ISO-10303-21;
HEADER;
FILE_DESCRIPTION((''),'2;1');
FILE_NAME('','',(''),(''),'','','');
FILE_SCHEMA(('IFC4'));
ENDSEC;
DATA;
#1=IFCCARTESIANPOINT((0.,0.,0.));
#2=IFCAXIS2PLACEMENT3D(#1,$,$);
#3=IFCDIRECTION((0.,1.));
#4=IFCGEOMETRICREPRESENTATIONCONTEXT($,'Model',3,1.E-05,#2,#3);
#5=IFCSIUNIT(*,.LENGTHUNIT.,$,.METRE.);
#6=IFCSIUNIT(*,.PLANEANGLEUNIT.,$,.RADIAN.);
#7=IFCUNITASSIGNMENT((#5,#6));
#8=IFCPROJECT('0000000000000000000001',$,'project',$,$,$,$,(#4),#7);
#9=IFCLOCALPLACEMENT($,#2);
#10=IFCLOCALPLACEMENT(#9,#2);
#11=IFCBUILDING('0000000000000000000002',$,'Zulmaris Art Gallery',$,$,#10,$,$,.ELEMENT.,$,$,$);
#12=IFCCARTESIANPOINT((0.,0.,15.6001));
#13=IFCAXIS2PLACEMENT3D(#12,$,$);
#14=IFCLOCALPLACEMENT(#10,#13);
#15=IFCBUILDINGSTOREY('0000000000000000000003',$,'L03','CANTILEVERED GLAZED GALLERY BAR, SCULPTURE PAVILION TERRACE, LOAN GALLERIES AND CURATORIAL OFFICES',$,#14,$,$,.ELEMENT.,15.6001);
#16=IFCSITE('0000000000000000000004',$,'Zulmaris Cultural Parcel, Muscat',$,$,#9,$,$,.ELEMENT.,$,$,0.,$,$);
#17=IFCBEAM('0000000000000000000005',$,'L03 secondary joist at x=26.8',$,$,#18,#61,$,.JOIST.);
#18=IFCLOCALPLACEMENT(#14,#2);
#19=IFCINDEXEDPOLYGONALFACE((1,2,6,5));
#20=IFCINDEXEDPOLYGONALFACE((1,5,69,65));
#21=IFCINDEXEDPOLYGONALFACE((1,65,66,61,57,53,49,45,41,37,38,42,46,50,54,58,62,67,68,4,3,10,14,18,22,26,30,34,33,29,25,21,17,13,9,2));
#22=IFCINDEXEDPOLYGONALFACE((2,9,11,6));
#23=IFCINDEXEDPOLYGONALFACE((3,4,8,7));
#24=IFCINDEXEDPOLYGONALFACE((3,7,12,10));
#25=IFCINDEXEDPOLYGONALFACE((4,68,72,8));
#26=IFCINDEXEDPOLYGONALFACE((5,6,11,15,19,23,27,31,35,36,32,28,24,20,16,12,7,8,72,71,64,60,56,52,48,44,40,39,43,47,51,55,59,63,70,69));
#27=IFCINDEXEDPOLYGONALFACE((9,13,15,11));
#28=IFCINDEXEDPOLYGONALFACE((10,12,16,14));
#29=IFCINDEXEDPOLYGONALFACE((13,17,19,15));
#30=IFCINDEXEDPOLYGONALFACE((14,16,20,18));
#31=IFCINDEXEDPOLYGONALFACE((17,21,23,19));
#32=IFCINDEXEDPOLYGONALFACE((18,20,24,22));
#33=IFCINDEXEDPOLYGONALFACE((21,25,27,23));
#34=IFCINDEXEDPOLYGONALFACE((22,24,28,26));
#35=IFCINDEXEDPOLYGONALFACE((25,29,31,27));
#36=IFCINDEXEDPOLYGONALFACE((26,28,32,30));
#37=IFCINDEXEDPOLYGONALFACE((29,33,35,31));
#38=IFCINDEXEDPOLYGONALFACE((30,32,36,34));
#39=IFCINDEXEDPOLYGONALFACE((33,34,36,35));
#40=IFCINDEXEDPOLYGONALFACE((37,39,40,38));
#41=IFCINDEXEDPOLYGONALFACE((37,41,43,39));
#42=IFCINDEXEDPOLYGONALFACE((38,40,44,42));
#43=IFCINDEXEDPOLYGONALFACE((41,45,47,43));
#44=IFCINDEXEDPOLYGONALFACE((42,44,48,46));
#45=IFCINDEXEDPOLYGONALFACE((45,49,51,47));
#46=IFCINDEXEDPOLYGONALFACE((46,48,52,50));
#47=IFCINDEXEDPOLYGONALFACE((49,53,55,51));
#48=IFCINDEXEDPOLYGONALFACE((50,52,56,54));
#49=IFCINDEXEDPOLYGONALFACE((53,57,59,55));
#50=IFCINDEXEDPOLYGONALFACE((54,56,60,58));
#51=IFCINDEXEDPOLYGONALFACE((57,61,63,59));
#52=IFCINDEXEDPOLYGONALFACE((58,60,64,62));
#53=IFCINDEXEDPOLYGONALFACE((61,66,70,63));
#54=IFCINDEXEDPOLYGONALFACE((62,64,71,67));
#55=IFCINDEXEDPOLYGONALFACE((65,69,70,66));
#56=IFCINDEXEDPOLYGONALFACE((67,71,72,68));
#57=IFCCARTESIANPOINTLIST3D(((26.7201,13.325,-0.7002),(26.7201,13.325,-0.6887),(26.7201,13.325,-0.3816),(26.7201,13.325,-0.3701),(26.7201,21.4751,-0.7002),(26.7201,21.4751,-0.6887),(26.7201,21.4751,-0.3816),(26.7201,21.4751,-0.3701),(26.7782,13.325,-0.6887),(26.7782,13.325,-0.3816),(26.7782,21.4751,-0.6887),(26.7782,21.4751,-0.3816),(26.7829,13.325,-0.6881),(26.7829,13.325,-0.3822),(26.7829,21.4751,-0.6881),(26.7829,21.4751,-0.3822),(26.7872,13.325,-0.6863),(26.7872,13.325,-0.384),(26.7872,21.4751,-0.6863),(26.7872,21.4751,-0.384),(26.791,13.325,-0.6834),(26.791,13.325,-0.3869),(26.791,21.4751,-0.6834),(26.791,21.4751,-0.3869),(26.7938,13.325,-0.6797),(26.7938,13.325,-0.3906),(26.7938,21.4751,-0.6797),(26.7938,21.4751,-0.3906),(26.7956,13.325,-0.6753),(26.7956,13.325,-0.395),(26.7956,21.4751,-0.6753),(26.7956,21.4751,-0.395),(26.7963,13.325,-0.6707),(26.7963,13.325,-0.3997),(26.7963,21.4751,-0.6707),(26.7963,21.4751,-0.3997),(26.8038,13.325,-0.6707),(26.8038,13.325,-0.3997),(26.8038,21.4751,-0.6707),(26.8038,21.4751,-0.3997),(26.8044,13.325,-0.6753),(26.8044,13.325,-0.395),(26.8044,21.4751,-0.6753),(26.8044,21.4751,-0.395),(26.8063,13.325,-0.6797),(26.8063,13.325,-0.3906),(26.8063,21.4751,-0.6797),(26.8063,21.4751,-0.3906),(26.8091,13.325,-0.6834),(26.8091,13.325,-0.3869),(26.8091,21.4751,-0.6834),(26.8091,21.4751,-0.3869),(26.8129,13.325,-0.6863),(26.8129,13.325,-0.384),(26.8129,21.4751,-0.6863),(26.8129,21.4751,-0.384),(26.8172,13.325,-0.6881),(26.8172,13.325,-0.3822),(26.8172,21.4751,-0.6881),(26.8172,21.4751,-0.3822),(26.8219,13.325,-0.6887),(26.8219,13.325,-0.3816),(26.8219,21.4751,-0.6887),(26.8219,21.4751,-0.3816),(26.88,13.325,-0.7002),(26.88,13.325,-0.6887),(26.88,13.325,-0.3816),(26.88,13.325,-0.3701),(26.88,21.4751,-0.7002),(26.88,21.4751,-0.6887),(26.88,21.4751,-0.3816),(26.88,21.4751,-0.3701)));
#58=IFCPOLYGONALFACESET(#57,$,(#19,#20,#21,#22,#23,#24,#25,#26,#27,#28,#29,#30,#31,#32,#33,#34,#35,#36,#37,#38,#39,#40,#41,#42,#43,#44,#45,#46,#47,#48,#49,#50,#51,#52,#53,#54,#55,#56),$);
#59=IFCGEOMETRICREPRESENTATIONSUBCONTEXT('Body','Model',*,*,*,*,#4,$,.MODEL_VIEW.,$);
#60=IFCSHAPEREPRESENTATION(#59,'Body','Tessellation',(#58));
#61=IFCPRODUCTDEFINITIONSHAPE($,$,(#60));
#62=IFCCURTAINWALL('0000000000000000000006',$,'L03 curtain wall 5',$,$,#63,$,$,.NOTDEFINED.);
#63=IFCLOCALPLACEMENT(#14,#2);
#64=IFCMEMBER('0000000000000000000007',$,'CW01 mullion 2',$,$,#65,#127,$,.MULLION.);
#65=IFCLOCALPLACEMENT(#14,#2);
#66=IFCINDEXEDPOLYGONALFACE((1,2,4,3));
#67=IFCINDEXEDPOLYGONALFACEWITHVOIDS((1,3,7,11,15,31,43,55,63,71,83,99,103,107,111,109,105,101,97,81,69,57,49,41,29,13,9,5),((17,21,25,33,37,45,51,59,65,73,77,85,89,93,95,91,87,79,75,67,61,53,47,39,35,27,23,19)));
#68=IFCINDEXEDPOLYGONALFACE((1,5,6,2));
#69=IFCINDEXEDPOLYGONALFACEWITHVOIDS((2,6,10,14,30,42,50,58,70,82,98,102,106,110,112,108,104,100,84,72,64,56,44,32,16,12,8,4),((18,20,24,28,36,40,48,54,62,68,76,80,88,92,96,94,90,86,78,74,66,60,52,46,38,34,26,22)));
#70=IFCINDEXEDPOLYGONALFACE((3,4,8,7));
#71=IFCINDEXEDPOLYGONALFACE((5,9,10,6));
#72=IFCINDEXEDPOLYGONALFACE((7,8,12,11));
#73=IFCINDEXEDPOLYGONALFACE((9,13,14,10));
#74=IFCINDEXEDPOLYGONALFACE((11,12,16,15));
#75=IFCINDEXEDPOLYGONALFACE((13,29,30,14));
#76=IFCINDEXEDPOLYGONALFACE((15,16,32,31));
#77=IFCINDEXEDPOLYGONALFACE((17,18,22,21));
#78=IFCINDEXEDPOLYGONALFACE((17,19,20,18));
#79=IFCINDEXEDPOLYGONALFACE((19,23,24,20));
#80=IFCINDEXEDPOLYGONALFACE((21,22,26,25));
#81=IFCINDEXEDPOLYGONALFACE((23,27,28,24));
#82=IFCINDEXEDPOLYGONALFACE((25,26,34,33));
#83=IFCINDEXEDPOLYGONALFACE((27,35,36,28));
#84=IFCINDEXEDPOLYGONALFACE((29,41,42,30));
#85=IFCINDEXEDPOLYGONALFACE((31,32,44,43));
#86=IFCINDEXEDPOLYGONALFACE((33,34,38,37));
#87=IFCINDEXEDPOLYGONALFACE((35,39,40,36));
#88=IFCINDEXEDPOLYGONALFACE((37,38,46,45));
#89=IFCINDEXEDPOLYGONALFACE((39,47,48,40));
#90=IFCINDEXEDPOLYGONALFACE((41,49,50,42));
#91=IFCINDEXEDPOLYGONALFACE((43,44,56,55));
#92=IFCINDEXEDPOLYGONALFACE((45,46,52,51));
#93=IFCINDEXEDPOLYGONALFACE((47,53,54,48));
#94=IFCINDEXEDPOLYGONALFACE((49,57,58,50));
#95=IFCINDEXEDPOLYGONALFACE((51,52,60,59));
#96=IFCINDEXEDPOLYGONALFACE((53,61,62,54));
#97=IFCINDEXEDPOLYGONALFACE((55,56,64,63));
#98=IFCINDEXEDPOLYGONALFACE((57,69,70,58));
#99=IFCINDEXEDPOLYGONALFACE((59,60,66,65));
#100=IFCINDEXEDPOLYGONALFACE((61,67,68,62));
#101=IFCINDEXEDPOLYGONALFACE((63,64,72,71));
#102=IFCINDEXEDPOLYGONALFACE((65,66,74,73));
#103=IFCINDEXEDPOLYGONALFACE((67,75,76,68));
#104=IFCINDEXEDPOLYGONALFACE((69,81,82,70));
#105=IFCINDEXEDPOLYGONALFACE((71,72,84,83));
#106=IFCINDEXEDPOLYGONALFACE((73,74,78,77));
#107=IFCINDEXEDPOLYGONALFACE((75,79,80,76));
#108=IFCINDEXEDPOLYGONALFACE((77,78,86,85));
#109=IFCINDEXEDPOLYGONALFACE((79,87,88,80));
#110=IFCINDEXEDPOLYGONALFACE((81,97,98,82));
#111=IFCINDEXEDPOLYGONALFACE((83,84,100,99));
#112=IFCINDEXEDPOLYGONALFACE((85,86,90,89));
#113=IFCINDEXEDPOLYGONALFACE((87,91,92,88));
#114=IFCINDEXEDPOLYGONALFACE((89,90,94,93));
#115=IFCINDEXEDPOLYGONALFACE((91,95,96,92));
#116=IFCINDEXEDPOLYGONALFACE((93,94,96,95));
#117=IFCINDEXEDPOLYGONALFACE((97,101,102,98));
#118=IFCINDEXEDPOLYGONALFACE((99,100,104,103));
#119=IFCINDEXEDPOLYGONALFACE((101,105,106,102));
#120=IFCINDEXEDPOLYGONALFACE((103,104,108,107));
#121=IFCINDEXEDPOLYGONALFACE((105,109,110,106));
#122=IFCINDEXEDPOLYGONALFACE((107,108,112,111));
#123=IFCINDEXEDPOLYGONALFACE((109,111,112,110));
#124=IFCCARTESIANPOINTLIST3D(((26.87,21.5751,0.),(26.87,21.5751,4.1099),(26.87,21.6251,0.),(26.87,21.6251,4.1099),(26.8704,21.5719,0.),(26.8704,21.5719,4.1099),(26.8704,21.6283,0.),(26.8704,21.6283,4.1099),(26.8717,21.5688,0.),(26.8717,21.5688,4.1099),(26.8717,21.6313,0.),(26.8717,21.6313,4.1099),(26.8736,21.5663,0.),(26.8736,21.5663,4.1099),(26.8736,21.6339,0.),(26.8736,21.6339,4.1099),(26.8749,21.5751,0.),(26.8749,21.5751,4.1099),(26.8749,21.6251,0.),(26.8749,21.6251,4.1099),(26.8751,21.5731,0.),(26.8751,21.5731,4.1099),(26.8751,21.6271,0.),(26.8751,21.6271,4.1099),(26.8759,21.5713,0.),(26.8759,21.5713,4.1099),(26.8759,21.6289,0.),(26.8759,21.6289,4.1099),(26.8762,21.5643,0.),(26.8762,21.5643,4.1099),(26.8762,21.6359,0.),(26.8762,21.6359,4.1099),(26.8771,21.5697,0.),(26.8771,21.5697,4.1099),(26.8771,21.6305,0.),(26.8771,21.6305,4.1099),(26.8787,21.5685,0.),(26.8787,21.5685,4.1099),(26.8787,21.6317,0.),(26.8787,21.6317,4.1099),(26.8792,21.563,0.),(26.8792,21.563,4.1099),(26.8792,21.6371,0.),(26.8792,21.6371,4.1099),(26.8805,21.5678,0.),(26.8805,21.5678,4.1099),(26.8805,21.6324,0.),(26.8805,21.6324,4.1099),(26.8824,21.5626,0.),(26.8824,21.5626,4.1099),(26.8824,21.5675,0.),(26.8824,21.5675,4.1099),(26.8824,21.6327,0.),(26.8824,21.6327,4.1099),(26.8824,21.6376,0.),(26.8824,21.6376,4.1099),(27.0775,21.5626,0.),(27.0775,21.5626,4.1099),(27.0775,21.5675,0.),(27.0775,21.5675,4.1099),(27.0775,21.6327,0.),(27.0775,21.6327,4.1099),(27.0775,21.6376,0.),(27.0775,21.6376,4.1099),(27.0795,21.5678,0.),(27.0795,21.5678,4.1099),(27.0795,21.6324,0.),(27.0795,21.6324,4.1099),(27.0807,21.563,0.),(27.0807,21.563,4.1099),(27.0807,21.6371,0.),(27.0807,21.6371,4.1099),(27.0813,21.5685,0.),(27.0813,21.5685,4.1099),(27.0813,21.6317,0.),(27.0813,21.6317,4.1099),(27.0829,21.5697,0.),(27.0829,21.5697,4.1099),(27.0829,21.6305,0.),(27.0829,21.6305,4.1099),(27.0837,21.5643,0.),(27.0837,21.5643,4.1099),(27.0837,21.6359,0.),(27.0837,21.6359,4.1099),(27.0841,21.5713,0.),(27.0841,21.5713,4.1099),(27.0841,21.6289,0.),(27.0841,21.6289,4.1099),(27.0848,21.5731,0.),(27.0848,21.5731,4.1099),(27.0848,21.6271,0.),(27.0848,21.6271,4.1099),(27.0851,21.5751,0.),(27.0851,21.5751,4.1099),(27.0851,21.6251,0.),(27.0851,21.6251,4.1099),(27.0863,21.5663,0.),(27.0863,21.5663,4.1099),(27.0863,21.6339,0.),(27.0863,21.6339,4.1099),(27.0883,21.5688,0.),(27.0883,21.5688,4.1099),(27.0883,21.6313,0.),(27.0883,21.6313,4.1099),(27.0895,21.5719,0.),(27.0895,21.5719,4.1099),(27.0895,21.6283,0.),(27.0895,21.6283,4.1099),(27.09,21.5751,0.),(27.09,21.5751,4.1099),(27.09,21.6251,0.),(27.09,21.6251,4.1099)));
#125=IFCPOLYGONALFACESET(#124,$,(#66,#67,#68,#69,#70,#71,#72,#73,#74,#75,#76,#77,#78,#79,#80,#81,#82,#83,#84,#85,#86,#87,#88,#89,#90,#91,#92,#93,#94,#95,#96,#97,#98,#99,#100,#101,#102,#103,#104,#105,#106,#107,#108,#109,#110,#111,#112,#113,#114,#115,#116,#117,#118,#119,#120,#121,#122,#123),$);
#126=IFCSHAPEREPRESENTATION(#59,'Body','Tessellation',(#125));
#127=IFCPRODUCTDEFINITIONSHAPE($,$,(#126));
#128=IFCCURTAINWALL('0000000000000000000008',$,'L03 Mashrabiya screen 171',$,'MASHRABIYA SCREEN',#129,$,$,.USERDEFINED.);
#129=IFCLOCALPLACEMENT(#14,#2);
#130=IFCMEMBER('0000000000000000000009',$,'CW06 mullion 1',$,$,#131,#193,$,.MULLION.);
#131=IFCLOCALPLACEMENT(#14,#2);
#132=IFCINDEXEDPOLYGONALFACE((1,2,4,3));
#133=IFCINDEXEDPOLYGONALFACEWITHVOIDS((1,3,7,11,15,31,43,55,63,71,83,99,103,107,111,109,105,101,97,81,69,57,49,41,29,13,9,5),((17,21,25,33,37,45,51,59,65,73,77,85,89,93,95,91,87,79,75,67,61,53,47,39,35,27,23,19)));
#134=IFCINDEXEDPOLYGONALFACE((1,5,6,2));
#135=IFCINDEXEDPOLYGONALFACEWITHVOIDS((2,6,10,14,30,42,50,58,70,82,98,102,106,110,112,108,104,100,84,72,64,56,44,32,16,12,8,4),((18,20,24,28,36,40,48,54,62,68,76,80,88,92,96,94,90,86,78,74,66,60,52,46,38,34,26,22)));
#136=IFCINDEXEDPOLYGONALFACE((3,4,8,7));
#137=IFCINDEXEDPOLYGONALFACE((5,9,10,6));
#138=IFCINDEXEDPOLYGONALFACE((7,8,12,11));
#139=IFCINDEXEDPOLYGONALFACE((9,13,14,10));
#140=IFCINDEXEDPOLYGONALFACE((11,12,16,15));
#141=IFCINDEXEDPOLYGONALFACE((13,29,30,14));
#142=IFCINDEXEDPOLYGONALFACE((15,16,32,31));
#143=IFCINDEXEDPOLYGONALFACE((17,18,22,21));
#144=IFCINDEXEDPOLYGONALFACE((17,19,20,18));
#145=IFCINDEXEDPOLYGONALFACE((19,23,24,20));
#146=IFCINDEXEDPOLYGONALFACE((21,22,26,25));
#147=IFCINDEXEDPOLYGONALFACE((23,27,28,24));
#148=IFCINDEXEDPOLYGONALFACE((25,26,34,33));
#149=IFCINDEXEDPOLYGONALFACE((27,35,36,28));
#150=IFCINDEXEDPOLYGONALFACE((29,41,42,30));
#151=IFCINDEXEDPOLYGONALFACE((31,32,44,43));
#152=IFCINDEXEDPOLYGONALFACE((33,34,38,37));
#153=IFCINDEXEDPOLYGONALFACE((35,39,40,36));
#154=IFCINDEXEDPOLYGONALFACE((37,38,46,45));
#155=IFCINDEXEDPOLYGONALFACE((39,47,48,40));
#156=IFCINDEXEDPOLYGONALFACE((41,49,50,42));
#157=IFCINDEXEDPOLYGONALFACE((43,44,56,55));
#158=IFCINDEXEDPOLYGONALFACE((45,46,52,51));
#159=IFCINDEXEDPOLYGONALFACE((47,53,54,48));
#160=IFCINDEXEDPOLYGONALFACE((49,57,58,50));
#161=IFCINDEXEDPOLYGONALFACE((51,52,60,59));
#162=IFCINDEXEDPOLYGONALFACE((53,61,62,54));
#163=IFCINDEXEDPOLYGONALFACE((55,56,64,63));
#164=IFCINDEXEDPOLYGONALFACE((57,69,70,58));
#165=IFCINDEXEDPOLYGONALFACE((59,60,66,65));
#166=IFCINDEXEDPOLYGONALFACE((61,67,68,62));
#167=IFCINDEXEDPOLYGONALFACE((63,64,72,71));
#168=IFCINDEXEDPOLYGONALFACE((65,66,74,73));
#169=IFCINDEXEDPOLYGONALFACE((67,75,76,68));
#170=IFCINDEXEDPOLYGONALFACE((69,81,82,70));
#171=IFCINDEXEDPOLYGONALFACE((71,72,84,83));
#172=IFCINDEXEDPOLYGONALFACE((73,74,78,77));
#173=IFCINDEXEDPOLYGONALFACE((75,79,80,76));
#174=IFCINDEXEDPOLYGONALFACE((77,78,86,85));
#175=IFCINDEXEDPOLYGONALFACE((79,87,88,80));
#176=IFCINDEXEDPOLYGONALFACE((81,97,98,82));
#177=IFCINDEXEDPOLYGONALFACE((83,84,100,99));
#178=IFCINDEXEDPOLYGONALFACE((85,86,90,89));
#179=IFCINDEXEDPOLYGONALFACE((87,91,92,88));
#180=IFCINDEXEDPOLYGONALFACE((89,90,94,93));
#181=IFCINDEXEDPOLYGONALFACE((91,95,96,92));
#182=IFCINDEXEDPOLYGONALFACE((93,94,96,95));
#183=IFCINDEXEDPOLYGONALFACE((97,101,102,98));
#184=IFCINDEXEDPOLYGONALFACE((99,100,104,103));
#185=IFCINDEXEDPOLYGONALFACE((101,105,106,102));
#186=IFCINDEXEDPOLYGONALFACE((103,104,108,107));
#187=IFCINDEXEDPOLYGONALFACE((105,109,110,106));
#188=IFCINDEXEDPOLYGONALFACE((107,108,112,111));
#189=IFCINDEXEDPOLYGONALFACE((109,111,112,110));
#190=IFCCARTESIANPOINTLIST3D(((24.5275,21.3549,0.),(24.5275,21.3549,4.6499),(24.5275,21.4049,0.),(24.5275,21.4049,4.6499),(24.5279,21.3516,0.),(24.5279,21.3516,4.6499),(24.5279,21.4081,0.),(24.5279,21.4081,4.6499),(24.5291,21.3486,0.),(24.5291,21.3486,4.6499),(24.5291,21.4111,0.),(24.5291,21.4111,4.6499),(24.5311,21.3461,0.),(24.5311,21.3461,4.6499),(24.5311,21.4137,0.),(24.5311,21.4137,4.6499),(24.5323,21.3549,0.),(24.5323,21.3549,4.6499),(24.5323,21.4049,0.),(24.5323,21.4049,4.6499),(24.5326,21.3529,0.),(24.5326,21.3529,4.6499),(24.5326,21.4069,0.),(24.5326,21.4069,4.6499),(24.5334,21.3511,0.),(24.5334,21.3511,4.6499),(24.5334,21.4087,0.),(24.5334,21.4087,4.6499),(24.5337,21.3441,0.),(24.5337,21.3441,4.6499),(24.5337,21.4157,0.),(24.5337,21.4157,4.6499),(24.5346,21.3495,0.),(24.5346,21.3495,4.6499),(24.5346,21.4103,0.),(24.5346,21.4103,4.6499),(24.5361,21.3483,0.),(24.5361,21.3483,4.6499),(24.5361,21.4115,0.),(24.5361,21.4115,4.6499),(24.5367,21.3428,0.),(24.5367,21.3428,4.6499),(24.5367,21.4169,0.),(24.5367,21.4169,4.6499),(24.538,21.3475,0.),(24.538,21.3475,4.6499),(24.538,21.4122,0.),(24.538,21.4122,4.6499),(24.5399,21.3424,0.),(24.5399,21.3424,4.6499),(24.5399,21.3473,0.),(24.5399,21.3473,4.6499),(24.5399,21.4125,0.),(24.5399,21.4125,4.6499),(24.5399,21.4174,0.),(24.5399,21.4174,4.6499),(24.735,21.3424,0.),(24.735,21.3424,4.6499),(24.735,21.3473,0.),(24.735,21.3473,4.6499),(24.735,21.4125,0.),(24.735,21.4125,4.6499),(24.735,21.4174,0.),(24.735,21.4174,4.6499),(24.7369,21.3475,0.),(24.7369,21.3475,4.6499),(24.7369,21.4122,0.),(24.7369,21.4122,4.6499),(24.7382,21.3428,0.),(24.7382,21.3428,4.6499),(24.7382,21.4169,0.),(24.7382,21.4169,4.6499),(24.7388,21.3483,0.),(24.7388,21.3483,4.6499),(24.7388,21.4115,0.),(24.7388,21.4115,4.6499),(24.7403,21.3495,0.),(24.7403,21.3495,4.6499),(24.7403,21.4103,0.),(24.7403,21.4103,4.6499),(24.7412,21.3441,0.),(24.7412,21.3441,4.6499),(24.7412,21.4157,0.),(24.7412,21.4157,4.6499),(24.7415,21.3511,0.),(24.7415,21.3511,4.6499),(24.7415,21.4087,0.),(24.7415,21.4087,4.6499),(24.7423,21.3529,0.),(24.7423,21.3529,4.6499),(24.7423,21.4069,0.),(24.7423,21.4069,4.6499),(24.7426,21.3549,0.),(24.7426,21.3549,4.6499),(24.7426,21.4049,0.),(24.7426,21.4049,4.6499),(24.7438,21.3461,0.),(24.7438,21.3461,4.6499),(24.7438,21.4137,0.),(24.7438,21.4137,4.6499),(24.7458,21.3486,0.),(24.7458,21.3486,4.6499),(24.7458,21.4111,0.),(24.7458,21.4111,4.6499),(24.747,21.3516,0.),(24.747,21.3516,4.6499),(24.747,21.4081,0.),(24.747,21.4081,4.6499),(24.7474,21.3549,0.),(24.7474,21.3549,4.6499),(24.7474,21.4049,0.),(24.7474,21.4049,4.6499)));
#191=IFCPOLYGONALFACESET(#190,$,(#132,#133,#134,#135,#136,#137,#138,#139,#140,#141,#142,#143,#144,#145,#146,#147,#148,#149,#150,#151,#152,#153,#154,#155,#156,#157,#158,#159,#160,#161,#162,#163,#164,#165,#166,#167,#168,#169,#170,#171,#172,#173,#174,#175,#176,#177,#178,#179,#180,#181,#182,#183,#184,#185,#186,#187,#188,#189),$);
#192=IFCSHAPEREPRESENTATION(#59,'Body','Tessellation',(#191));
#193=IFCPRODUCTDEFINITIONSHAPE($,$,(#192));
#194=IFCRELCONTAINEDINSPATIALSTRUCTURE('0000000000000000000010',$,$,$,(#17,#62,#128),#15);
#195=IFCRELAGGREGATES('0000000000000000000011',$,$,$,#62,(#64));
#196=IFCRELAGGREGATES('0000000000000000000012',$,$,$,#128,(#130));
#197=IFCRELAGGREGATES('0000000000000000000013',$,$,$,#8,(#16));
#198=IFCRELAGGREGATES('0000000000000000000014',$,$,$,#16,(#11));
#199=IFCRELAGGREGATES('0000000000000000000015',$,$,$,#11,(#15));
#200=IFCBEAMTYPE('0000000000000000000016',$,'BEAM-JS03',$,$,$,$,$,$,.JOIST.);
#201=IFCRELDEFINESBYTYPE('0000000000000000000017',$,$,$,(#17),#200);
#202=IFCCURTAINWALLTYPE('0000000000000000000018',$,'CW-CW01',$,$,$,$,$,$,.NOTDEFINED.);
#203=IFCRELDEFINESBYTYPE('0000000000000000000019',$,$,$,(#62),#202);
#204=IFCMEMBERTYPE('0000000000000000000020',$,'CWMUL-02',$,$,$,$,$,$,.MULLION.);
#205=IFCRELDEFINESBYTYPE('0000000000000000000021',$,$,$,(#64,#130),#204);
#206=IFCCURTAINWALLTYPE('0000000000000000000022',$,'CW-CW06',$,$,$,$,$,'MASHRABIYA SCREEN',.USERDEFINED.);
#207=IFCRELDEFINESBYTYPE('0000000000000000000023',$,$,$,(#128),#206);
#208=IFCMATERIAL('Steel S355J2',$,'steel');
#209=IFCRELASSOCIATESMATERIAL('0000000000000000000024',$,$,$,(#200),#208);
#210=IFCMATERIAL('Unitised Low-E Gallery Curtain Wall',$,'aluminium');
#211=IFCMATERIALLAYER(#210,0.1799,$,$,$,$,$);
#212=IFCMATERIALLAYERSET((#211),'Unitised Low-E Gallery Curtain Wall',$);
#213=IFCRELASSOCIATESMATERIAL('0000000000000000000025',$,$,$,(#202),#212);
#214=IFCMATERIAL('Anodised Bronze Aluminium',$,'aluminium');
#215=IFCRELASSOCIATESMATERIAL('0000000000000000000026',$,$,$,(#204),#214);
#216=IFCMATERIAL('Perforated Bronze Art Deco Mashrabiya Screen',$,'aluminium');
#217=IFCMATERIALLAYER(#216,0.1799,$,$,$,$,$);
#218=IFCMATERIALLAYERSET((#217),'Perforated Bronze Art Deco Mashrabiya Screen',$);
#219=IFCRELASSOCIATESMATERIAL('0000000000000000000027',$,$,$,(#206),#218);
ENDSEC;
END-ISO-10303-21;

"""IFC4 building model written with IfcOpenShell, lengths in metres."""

from ifc_helpers import new_model, si_unit, direction, frame, origin, origin_2d, place, context, subcontext, project, spatial, hollow_rectangle, i_section, extrude, material, layer, layer_set, material_profile, profile_set, type_object, element, aggregate, save


model = new_model("IFC4")

# Units and contexts
model_context = context("Model", 3, precision=1e-05, world=origin(), true_north=direction((0.0, 1.0)))
body_context = subcontext(model_context, "Body", "Model", "MODEL_VIEW")
ifc_project = project(units=[si_unit("LENGTHUNIT", "METRE"), si_unit("PLANEANGLEUNIT", "RADIAN")], contexts=[model_context])

# Site, building, storey
site_placement = place(None, origin())
site = spatial("IfcSite", under=ifc_project, at=site_placement, Name="Zulmaris Cultural Parcel, Muscat", CompositionType="ELEMENT", RefElevation=0.0)
building_placement = place(site_placement, origin())
building = spatial("IfcBuilding", under=site, at=building_placement, Name="Zulmaris Art Gallery", CompositionType="ELEMENT")
storey_placement = place(building_placement, frame((0.0, 0.0, 15.6001)))
storey = spatial("IfcBuildingStorey", under=building, at=storey_placement, Name="L03", Description="CANTILEVERED GLAZED GALLERY BAR, SCULPTURE PAVILION TERRACE, LOAN GALLERIES AND CURATORIAL OFFICES", CompositionType="ELEMENT", Elevation=15.6001)

# Beam
ifc_material_1 = material(Name="Steel S355J2", Category="steel")
ifc_material_profile_1 = material_profile(ifc_material_1, i_section(OverallWidth=0.1599, OverallDepth=0.3301, WebThickness=0.0076, FlangeThickness=0.0115, FilletRadius=0.0181, at=origin_2d()), Name="IPE 330")
ifc_profile_set_1 = profile_set([ifc_material_profile_1], Name="Steel S355J2")
beam_type = type_object("IfcBeamType", Name="BEAM-JS03", PredefinedType="JOIST", material=ifc_profile_set_1)
beam_placement = place(storey_placement, frame((26.8, 13.325, -0.5352), z_axis=(0.0, 1.0, 0.0), x_axis=(-1.0, 0.0, 0.0)))
element("IfcBeam", 1, at=beam_placement, inside=storey, type_object=beam_type, Name="L03 secondary joist at x=26.8", PredefinedType="JOIST", context=body_context, shape_type="SweptSolid", body=[
    extrude(i_section(OverallWidth=0.1599, OverallDepth=0.3301, WebThickness=0.0076, FlangeThickness=0.0115, FilletRadius=0.0181, at=origin_2d()), origin(), (0.0, 0.0, 1.0), 8.1501),
])

# Curtain wall, member
ifc_material_2 = material(Name="Unitised Low-E Gallery Curtain Wall", Category="aluminium")
ifc_layer_1 = layer(ifc_material_2, 0.1799)
ifc_layer_set_1 = layer_set([ifc_layer_1], Name="Unitised Low-E Gallery Curtain Wall")
curtain_wall_type_1 = type_object("IfcCurtainWallType", Name="CW-CW01", PredefinedType="NOTDEFINED", material=ifc_layer_set_1)
curtain_wall_1_placement = place(storey_placement, origin())
curtain_wall_1 = element("IfcCurtainWall", 2, at=curtain_wall_1_placement, inside=storey, type_object=curtain_wall_type_1, Name="L03 curtain wall 5", PredefinedType="NOTDEFINED")
ifc_material_3 = material(Name="Anodised Bronze Aluminium", Category="aluminium")
ifc_material_profile_2 = material_profile(ifc_material_3, hollow_rectangle(XDim=0.075, YDim=0.22, WallThickness=0.0049, InnerFilletRadius=0.0076, OuterFilletRadius=0.0125, at=origin_2d()), Name="ALU 75x220x5")
ifc_profile_set_2 = profile_set([ifc_material_profile_2], Name="Anodised Bronze Aluminium")
member_type_1 = type_object("IfcMemberType", Name="CWMUL-02", PredefinedType="MULLION", material=ifc_profile_set_2)
member_1_placement = place(storey_placement, frame((26.98, 21.6001, 0.0), z_axis=(0.0, 0.0, 1.0), x_axis=(0.0, 1.0, 0.0)))
member_1 = element("IfcMember", 3, at=member_1_placement, type_object=member_type_1, Name="CW01 mullion 2", PredefinedType="MULLION", context=body_context, shape_type="SweptSolid", body=[
    extrude(hollow_rectangle(XDim=0.075, YDim=0.22, WallThickness=0.0049, InnerFilletRadius=0.0076, OuterFilletRadius=0.0125, at=origin_2d()), origin(), (0.0, 0.0, 1.0), 4.1099),
])

# Curtain wall, member
ifc_material_4 = material(Name="Perforated Bronze Art Deco Mashrabiya Screen", Category="aluminium")
ifc_layer_2 = layer(ifc_material_4, 0.1799)
ifc_layer_set_2 = layer_set([ifc_layer_2], Name="Perforated Bronze Art Deco Mashrabiya Screen")
curtain_wall_type_2 = type_object("IfcCurtainWallType", Name="CW-CW06", ElementType="MASHRABIYA SCREEN", PredefinedType="USERDEFINED", material=ifc_layer_set_2)
curtain_wall_2_placement = place(storey_placement, origin())
curtain_wall_2 = element("IfcCurtainWall", 4, at=curtain_wall_2_placement, inside=storey, type_object=curtain_wall_type_2, Name="L03 Mashrabiya screen 171", ObjectType="MASHRABIYA SCREEN", PredefinedType="USERDEFINED")
member_2_placement = place(storey_placement, frame((24.6375, 21.3799, 0.0), z_axis=(0.0, 0.0, 1.0), x_axis=(0.0, 1.0, 0.0)))
member_2 = element("IfcMember", 5, at=member_2_placement, type_object=member_type_1, Name="CW06 mullion 1", PredefinedType="MULLION", context=body_context, shape_type="SweptSolid", body=[
    extrude(hollow_rectangle(XDim=0.075, YDim=0.22, WallThickness=0.0049, InnerFilletRadius=0.0076, OuterFilletRadius=0.0125, at=origin_2d()), origin(), (0.0, 0.0, 1.0), 4.6499),
])

aggregate(curtain_wall_1, [member_1])
aggregate(curtain_wall_2, [member_2])

save(model, "model.ifc")
